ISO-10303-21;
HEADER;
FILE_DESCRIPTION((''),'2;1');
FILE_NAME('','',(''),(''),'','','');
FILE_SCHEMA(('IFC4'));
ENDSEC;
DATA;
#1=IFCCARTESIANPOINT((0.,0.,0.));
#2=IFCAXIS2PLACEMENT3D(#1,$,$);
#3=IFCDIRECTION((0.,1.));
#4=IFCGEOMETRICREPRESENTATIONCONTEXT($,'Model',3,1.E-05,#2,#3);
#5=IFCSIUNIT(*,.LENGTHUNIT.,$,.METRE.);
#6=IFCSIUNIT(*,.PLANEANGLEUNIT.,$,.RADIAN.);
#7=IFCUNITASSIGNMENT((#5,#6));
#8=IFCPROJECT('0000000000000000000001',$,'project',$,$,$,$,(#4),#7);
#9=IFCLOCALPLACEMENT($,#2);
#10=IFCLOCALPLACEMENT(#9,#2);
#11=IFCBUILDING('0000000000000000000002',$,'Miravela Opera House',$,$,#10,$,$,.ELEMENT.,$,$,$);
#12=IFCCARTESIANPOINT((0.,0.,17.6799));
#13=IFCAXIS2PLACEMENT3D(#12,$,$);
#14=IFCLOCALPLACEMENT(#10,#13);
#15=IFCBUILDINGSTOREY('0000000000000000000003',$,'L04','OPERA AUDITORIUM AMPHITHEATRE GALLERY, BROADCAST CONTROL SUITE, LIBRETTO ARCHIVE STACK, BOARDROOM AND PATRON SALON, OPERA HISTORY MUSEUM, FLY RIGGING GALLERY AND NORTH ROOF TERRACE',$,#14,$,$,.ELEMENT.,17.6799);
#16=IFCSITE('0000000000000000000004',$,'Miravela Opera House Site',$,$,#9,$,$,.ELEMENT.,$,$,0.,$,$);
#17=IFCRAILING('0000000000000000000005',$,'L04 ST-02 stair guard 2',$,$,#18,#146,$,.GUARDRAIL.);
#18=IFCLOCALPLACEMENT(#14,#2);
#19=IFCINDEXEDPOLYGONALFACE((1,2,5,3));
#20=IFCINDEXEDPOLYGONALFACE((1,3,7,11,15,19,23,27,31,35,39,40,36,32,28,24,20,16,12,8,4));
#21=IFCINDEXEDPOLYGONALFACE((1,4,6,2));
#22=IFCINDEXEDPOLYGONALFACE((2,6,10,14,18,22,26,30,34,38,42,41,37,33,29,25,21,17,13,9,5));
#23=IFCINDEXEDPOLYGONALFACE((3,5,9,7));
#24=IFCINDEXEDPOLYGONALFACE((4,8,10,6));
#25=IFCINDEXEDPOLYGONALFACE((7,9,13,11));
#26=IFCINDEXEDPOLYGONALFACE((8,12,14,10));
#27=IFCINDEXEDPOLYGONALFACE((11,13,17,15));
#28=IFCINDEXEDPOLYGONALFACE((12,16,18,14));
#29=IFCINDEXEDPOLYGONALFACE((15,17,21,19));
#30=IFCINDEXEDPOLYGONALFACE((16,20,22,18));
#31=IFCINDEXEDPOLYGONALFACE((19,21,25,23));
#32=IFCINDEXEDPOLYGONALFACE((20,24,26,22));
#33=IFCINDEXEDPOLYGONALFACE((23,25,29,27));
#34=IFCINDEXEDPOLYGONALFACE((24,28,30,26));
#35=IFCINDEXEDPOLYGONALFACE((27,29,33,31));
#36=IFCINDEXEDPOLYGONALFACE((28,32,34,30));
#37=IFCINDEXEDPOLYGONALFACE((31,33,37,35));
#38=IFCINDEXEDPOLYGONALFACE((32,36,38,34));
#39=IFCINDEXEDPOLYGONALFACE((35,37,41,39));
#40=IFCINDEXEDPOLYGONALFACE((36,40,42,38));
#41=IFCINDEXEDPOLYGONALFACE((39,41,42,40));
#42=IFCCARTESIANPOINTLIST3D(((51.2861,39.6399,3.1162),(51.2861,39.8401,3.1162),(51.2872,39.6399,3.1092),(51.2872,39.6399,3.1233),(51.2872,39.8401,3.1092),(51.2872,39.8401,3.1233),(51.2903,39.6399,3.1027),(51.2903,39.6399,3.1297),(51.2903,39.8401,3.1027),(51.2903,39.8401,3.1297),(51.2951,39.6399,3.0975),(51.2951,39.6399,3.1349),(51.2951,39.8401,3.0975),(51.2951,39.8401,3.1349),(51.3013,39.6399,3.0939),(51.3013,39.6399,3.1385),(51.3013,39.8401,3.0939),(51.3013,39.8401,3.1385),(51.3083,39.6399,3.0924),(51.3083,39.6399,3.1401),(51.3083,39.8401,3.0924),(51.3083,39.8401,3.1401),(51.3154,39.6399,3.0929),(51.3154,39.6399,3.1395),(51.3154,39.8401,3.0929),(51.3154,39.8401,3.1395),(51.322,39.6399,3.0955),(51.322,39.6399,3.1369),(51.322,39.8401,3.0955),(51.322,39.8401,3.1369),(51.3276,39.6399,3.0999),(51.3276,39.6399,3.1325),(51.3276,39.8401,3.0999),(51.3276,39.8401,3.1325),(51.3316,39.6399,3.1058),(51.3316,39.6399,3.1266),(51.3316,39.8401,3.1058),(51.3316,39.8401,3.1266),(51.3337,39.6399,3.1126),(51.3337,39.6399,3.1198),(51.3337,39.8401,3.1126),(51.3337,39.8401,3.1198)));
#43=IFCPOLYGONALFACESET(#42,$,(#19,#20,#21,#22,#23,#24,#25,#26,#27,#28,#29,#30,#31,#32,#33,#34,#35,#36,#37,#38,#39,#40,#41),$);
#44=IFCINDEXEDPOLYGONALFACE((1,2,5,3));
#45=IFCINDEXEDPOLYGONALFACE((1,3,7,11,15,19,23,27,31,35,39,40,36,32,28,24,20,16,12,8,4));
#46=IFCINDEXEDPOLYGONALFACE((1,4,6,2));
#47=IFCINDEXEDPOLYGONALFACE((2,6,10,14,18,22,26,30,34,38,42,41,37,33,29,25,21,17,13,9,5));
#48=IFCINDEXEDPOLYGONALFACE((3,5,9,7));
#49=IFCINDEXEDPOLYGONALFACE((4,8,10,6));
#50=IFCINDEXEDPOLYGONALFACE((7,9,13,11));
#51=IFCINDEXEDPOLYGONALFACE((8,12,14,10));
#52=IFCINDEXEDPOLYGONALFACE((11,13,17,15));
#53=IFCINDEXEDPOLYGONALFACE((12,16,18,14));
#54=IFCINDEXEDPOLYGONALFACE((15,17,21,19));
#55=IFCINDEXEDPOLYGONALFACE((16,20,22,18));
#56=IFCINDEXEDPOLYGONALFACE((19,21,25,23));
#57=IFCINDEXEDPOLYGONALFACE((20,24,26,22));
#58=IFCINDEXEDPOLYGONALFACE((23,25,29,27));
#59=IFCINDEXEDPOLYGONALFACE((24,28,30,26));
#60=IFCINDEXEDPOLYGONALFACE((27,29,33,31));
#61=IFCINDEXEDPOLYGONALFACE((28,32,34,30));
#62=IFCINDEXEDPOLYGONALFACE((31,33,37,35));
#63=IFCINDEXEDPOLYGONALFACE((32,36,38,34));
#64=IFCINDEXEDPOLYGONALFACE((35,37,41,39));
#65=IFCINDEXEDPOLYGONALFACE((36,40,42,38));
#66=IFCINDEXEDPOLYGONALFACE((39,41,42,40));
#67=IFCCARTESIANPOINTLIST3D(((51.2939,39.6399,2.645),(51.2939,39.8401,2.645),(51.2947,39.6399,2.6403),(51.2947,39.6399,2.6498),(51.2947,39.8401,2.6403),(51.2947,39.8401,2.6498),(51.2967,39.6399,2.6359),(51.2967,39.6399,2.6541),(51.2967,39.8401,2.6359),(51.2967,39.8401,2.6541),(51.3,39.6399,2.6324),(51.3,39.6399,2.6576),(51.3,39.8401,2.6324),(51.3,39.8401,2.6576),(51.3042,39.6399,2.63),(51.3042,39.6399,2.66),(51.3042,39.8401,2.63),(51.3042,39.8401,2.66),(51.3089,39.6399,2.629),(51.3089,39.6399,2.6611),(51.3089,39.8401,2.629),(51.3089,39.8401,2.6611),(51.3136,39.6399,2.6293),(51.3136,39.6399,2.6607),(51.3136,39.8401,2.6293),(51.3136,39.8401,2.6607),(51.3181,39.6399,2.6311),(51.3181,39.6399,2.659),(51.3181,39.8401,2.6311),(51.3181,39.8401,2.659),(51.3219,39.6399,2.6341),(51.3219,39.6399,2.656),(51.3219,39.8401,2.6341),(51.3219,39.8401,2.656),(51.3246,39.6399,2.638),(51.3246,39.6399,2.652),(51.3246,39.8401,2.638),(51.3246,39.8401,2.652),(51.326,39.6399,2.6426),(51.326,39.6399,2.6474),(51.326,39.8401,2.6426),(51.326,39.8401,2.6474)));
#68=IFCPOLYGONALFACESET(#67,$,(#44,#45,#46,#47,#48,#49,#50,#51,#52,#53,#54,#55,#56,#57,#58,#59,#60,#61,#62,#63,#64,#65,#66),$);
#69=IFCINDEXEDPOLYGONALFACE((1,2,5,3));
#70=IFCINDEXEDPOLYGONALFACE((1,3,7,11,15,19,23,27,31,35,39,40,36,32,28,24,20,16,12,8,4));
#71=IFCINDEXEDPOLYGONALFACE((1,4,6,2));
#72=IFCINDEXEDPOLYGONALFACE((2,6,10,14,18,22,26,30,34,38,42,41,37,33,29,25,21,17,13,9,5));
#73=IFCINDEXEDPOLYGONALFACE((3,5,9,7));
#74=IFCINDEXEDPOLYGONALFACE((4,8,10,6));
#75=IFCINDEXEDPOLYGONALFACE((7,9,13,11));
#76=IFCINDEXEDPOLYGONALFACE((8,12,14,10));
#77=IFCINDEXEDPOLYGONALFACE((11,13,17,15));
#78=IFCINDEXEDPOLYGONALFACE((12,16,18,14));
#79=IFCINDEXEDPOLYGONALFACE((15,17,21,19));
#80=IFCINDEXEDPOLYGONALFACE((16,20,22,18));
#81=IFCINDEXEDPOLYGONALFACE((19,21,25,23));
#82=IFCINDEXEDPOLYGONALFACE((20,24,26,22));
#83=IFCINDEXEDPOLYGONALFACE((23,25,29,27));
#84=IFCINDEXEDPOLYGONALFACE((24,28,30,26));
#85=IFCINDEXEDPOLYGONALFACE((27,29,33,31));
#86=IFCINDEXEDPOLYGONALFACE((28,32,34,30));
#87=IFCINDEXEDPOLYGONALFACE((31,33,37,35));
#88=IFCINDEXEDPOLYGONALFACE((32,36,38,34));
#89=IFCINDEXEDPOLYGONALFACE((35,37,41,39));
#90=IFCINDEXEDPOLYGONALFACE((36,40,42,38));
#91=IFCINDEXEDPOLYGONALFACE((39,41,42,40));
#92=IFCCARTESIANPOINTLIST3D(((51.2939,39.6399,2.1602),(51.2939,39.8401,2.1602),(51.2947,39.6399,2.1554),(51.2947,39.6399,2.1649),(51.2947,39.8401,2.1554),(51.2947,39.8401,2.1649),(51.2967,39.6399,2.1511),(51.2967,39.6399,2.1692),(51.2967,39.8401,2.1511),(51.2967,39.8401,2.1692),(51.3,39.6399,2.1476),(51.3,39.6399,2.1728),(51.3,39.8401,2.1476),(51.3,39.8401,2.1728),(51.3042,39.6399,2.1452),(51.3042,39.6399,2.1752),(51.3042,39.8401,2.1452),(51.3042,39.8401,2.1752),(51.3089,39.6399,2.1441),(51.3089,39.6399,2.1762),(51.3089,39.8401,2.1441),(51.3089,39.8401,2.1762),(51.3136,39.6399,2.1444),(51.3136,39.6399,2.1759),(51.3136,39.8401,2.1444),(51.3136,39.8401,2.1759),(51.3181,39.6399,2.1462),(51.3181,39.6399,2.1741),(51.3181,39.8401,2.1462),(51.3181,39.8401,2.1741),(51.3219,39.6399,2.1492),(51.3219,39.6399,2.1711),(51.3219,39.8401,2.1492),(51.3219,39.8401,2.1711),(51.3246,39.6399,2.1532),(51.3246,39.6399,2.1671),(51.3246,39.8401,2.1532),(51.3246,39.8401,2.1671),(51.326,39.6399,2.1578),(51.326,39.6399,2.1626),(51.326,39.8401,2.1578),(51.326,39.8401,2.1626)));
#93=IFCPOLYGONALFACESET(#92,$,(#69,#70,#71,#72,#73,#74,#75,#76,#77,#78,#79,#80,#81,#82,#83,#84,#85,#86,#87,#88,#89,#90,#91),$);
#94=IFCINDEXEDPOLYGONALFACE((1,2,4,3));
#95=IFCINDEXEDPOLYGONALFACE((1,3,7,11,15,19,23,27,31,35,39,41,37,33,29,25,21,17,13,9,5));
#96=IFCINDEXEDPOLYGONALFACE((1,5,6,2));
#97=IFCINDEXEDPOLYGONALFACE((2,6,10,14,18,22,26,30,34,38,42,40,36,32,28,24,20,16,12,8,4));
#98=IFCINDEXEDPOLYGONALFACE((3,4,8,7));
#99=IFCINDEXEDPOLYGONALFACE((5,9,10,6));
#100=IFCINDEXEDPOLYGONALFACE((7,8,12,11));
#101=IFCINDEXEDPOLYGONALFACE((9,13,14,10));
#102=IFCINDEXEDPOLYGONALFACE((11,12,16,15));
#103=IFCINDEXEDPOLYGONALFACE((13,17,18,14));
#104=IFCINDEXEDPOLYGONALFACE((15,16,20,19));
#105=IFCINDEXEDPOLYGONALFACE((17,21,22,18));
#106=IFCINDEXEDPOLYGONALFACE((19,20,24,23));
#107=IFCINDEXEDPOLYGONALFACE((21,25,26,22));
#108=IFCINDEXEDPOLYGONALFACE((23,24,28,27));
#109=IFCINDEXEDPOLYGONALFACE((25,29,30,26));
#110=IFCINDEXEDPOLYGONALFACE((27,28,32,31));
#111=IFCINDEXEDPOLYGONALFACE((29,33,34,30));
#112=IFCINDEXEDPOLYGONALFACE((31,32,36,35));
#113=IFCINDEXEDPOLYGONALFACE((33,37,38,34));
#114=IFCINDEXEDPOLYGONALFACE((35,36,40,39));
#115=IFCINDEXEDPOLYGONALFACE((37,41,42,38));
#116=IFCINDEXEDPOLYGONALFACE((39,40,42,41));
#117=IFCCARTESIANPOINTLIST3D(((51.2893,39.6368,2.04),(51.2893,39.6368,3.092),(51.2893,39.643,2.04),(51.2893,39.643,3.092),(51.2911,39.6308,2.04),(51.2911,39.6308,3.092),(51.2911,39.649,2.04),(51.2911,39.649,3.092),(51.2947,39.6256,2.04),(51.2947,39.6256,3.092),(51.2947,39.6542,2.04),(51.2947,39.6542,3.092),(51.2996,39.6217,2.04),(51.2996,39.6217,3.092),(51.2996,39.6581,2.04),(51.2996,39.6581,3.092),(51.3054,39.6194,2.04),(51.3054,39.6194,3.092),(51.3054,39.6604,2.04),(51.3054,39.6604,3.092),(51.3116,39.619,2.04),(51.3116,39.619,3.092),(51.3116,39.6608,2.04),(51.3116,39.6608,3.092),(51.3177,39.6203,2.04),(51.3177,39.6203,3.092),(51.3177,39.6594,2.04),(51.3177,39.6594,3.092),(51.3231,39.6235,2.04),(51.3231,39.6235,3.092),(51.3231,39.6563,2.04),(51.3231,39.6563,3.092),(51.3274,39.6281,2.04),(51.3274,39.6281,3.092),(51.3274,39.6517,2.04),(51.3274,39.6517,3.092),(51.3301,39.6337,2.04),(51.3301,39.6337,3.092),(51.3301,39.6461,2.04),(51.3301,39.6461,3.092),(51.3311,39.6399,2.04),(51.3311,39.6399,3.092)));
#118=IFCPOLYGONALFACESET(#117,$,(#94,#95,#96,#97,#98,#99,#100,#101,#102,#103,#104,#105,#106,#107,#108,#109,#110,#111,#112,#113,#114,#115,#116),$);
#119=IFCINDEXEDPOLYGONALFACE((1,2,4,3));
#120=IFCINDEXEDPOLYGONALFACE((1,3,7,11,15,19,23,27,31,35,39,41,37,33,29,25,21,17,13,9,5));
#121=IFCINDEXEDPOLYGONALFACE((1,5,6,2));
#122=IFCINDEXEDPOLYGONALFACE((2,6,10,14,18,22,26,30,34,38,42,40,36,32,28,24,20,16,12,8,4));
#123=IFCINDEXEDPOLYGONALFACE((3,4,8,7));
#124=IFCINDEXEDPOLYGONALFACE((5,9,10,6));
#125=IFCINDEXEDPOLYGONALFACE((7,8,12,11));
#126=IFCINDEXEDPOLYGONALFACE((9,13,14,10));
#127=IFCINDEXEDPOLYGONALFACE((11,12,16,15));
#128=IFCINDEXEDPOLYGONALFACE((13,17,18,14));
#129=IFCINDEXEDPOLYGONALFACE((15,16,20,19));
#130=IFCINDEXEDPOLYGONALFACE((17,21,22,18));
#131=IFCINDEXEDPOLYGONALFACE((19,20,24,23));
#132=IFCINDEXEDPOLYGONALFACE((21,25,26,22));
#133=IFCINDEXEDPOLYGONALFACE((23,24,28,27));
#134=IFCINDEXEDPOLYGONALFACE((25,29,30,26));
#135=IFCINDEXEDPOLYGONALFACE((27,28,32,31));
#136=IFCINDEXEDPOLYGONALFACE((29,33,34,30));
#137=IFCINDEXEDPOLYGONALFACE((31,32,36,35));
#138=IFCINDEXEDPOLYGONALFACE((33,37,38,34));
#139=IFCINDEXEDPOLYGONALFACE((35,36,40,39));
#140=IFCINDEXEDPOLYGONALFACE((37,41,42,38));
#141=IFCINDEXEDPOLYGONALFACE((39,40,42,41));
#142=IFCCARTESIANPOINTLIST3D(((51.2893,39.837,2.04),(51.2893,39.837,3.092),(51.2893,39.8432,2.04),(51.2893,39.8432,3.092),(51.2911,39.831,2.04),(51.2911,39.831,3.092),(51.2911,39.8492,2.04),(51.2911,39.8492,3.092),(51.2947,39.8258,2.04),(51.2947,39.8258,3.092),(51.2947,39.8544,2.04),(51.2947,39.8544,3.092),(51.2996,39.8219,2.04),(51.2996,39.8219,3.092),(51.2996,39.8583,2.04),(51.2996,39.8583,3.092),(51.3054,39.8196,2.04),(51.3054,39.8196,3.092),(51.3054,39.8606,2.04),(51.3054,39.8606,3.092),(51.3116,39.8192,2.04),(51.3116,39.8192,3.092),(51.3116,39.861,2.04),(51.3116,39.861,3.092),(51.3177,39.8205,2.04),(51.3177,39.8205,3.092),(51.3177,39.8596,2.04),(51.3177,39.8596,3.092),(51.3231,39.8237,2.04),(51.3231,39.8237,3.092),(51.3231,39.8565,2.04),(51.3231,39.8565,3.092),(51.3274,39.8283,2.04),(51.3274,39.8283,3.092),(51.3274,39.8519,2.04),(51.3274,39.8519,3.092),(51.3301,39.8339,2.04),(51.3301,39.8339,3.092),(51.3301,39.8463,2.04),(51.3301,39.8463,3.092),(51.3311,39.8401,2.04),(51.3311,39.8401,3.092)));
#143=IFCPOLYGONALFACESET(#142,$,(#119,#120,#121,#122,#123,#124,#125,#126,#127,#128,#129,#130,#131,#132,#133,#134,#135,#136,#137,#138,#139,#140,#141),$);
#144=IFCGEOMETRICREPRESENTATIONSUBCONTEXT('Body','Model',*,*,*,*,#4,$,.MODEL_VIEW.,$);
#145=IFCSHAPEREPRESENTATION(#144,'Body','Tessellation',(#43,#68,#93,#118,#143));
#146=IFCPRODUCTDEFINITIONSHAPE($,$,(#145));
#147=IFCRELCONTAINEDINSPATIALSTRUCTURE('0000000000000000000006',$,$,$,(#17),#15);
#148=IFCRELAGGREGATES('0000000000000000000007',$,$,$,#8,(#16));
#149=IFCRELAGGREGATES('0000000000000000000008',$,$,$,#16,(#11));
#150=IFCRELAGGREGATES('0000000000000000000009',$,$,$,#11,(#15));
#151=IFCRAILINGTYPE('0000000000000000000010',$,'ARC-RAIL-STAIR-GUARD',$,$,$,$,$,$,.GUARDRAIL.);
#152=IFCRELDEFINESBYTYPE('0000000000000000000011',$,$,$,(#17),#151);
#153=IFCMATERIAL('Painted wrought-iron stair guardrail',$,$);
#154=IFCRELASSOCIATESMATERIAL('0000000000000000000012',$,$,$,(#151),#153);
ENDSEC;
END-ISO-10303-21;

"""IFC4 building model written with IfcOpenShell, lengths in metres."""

from ifc_helpers import new_model, si_unit, direction, frame, origin, origin_2d, place, context, subcontext, project, spatial, circle, extrude, material, type_object, element, save


model = new_model("IFC4")

# Units and contexts
model_context = context("Model", 3, precision=1e-05, world=origin(), true_north=direction((0.0, 1.0)))
body_context = subcontext(model_context, "Body", "Model", "MODEL_VIEW")
ifc_project = project(units=[si_unit("LENGTHUNIT", "METRE"), si_unit("PLANEANGLEUNIT", "RADIAN")], contexts=[model_context])

# Site, building, storey
site_placement = place(None, origin())
site = spatial("IfcSite", under=ifc_project, at=site_placement, Name="Miravela Opera House Site", CompositionType="ELEMENT", RefElevation=0.0)
building_placement = place(site_placement, origin())
building = spatial("IfcBuilding", under=site, at=building_placement, Name="Miravela Opera House", CompositionType="ELEMENT")
storey_placement = place(building_placement, frame((0.0, 0.0, 17.6799)))
storey = spatial("IfcBuildingStorey", under=building, at=storey_placement, Name="L04", Description="OPERA AUDITORIUM AMPHITHEATRE GALLERY, BROADCAST CONTROL SUITE, LIBRETTO ARCHIVE STACK, BOARDROOM AND PATRON SALON, OPERA HISTORY MUSEUM, FLY RIGGING GALLERY AND NORTH ROOF TERRACE", CompositionType="ELEMENT", Elevation=17.6799)

# Railing
ifc_material_1 = material(Name="Painted wrought-iron stair guardrail")
railing_type_1 = type_object("IfcRailingType", Name="ARC-RAIL-STAIR-GUARD", PredefinedType="GUARDRAIL", material=ifc_material_1)
railing_1_placement = place(storey_placement, frame((51.3101, 39.6399, 2.04)))
element("IfcRailing", 1, at=railing_1_placement, inside=storey, type_object=railing_type_1, Name="L04 ST-02 stair guard 2", PredefinedType="GUARDRAIL", context=body_context, shape_type="SweptSolid", body=[
    extrude(circle(Radius=0.0239, at=origin_2d()), frame((0.0, 0.0, 1.0762), z_axis=(0.0, 1.0, 0.0), x_axis=(-1.0, 0.0, 0.0)), (0.0, 0.0, 1.0), 0.2002),
    extrude(circle(Radius=0.0161, at=origin_2d()), frame((0.0, 0.0, 0.605), z_axis=(0.0, 1.0, 0.0), x_axis=(-1.0, 0.0, 0.0)), (0.0, 0.0, 1.0), 0.2002),
    extrude(circle(Radius=0.0161, at=origin_2d()), frame((0.0, 0.0, 0.1201), z_axis=(0.0, 1.0, 0.0), x_axis=(-1.0, 0.0, 0.0)), (0.0, 0.0, 1.0), 0.2002),
    extrude(circle(Radius=0.021, at=origin_2d()), origin(), (0.0, 0.0, 1.0), 1.052),
    extrude(circle(Radius=0.021, at=origin_2d()), frame((0.0, 0.2002, 0.0)), (0.0, 0.0, 1.0), 1.052),
])

save(model, "model.ifc")
